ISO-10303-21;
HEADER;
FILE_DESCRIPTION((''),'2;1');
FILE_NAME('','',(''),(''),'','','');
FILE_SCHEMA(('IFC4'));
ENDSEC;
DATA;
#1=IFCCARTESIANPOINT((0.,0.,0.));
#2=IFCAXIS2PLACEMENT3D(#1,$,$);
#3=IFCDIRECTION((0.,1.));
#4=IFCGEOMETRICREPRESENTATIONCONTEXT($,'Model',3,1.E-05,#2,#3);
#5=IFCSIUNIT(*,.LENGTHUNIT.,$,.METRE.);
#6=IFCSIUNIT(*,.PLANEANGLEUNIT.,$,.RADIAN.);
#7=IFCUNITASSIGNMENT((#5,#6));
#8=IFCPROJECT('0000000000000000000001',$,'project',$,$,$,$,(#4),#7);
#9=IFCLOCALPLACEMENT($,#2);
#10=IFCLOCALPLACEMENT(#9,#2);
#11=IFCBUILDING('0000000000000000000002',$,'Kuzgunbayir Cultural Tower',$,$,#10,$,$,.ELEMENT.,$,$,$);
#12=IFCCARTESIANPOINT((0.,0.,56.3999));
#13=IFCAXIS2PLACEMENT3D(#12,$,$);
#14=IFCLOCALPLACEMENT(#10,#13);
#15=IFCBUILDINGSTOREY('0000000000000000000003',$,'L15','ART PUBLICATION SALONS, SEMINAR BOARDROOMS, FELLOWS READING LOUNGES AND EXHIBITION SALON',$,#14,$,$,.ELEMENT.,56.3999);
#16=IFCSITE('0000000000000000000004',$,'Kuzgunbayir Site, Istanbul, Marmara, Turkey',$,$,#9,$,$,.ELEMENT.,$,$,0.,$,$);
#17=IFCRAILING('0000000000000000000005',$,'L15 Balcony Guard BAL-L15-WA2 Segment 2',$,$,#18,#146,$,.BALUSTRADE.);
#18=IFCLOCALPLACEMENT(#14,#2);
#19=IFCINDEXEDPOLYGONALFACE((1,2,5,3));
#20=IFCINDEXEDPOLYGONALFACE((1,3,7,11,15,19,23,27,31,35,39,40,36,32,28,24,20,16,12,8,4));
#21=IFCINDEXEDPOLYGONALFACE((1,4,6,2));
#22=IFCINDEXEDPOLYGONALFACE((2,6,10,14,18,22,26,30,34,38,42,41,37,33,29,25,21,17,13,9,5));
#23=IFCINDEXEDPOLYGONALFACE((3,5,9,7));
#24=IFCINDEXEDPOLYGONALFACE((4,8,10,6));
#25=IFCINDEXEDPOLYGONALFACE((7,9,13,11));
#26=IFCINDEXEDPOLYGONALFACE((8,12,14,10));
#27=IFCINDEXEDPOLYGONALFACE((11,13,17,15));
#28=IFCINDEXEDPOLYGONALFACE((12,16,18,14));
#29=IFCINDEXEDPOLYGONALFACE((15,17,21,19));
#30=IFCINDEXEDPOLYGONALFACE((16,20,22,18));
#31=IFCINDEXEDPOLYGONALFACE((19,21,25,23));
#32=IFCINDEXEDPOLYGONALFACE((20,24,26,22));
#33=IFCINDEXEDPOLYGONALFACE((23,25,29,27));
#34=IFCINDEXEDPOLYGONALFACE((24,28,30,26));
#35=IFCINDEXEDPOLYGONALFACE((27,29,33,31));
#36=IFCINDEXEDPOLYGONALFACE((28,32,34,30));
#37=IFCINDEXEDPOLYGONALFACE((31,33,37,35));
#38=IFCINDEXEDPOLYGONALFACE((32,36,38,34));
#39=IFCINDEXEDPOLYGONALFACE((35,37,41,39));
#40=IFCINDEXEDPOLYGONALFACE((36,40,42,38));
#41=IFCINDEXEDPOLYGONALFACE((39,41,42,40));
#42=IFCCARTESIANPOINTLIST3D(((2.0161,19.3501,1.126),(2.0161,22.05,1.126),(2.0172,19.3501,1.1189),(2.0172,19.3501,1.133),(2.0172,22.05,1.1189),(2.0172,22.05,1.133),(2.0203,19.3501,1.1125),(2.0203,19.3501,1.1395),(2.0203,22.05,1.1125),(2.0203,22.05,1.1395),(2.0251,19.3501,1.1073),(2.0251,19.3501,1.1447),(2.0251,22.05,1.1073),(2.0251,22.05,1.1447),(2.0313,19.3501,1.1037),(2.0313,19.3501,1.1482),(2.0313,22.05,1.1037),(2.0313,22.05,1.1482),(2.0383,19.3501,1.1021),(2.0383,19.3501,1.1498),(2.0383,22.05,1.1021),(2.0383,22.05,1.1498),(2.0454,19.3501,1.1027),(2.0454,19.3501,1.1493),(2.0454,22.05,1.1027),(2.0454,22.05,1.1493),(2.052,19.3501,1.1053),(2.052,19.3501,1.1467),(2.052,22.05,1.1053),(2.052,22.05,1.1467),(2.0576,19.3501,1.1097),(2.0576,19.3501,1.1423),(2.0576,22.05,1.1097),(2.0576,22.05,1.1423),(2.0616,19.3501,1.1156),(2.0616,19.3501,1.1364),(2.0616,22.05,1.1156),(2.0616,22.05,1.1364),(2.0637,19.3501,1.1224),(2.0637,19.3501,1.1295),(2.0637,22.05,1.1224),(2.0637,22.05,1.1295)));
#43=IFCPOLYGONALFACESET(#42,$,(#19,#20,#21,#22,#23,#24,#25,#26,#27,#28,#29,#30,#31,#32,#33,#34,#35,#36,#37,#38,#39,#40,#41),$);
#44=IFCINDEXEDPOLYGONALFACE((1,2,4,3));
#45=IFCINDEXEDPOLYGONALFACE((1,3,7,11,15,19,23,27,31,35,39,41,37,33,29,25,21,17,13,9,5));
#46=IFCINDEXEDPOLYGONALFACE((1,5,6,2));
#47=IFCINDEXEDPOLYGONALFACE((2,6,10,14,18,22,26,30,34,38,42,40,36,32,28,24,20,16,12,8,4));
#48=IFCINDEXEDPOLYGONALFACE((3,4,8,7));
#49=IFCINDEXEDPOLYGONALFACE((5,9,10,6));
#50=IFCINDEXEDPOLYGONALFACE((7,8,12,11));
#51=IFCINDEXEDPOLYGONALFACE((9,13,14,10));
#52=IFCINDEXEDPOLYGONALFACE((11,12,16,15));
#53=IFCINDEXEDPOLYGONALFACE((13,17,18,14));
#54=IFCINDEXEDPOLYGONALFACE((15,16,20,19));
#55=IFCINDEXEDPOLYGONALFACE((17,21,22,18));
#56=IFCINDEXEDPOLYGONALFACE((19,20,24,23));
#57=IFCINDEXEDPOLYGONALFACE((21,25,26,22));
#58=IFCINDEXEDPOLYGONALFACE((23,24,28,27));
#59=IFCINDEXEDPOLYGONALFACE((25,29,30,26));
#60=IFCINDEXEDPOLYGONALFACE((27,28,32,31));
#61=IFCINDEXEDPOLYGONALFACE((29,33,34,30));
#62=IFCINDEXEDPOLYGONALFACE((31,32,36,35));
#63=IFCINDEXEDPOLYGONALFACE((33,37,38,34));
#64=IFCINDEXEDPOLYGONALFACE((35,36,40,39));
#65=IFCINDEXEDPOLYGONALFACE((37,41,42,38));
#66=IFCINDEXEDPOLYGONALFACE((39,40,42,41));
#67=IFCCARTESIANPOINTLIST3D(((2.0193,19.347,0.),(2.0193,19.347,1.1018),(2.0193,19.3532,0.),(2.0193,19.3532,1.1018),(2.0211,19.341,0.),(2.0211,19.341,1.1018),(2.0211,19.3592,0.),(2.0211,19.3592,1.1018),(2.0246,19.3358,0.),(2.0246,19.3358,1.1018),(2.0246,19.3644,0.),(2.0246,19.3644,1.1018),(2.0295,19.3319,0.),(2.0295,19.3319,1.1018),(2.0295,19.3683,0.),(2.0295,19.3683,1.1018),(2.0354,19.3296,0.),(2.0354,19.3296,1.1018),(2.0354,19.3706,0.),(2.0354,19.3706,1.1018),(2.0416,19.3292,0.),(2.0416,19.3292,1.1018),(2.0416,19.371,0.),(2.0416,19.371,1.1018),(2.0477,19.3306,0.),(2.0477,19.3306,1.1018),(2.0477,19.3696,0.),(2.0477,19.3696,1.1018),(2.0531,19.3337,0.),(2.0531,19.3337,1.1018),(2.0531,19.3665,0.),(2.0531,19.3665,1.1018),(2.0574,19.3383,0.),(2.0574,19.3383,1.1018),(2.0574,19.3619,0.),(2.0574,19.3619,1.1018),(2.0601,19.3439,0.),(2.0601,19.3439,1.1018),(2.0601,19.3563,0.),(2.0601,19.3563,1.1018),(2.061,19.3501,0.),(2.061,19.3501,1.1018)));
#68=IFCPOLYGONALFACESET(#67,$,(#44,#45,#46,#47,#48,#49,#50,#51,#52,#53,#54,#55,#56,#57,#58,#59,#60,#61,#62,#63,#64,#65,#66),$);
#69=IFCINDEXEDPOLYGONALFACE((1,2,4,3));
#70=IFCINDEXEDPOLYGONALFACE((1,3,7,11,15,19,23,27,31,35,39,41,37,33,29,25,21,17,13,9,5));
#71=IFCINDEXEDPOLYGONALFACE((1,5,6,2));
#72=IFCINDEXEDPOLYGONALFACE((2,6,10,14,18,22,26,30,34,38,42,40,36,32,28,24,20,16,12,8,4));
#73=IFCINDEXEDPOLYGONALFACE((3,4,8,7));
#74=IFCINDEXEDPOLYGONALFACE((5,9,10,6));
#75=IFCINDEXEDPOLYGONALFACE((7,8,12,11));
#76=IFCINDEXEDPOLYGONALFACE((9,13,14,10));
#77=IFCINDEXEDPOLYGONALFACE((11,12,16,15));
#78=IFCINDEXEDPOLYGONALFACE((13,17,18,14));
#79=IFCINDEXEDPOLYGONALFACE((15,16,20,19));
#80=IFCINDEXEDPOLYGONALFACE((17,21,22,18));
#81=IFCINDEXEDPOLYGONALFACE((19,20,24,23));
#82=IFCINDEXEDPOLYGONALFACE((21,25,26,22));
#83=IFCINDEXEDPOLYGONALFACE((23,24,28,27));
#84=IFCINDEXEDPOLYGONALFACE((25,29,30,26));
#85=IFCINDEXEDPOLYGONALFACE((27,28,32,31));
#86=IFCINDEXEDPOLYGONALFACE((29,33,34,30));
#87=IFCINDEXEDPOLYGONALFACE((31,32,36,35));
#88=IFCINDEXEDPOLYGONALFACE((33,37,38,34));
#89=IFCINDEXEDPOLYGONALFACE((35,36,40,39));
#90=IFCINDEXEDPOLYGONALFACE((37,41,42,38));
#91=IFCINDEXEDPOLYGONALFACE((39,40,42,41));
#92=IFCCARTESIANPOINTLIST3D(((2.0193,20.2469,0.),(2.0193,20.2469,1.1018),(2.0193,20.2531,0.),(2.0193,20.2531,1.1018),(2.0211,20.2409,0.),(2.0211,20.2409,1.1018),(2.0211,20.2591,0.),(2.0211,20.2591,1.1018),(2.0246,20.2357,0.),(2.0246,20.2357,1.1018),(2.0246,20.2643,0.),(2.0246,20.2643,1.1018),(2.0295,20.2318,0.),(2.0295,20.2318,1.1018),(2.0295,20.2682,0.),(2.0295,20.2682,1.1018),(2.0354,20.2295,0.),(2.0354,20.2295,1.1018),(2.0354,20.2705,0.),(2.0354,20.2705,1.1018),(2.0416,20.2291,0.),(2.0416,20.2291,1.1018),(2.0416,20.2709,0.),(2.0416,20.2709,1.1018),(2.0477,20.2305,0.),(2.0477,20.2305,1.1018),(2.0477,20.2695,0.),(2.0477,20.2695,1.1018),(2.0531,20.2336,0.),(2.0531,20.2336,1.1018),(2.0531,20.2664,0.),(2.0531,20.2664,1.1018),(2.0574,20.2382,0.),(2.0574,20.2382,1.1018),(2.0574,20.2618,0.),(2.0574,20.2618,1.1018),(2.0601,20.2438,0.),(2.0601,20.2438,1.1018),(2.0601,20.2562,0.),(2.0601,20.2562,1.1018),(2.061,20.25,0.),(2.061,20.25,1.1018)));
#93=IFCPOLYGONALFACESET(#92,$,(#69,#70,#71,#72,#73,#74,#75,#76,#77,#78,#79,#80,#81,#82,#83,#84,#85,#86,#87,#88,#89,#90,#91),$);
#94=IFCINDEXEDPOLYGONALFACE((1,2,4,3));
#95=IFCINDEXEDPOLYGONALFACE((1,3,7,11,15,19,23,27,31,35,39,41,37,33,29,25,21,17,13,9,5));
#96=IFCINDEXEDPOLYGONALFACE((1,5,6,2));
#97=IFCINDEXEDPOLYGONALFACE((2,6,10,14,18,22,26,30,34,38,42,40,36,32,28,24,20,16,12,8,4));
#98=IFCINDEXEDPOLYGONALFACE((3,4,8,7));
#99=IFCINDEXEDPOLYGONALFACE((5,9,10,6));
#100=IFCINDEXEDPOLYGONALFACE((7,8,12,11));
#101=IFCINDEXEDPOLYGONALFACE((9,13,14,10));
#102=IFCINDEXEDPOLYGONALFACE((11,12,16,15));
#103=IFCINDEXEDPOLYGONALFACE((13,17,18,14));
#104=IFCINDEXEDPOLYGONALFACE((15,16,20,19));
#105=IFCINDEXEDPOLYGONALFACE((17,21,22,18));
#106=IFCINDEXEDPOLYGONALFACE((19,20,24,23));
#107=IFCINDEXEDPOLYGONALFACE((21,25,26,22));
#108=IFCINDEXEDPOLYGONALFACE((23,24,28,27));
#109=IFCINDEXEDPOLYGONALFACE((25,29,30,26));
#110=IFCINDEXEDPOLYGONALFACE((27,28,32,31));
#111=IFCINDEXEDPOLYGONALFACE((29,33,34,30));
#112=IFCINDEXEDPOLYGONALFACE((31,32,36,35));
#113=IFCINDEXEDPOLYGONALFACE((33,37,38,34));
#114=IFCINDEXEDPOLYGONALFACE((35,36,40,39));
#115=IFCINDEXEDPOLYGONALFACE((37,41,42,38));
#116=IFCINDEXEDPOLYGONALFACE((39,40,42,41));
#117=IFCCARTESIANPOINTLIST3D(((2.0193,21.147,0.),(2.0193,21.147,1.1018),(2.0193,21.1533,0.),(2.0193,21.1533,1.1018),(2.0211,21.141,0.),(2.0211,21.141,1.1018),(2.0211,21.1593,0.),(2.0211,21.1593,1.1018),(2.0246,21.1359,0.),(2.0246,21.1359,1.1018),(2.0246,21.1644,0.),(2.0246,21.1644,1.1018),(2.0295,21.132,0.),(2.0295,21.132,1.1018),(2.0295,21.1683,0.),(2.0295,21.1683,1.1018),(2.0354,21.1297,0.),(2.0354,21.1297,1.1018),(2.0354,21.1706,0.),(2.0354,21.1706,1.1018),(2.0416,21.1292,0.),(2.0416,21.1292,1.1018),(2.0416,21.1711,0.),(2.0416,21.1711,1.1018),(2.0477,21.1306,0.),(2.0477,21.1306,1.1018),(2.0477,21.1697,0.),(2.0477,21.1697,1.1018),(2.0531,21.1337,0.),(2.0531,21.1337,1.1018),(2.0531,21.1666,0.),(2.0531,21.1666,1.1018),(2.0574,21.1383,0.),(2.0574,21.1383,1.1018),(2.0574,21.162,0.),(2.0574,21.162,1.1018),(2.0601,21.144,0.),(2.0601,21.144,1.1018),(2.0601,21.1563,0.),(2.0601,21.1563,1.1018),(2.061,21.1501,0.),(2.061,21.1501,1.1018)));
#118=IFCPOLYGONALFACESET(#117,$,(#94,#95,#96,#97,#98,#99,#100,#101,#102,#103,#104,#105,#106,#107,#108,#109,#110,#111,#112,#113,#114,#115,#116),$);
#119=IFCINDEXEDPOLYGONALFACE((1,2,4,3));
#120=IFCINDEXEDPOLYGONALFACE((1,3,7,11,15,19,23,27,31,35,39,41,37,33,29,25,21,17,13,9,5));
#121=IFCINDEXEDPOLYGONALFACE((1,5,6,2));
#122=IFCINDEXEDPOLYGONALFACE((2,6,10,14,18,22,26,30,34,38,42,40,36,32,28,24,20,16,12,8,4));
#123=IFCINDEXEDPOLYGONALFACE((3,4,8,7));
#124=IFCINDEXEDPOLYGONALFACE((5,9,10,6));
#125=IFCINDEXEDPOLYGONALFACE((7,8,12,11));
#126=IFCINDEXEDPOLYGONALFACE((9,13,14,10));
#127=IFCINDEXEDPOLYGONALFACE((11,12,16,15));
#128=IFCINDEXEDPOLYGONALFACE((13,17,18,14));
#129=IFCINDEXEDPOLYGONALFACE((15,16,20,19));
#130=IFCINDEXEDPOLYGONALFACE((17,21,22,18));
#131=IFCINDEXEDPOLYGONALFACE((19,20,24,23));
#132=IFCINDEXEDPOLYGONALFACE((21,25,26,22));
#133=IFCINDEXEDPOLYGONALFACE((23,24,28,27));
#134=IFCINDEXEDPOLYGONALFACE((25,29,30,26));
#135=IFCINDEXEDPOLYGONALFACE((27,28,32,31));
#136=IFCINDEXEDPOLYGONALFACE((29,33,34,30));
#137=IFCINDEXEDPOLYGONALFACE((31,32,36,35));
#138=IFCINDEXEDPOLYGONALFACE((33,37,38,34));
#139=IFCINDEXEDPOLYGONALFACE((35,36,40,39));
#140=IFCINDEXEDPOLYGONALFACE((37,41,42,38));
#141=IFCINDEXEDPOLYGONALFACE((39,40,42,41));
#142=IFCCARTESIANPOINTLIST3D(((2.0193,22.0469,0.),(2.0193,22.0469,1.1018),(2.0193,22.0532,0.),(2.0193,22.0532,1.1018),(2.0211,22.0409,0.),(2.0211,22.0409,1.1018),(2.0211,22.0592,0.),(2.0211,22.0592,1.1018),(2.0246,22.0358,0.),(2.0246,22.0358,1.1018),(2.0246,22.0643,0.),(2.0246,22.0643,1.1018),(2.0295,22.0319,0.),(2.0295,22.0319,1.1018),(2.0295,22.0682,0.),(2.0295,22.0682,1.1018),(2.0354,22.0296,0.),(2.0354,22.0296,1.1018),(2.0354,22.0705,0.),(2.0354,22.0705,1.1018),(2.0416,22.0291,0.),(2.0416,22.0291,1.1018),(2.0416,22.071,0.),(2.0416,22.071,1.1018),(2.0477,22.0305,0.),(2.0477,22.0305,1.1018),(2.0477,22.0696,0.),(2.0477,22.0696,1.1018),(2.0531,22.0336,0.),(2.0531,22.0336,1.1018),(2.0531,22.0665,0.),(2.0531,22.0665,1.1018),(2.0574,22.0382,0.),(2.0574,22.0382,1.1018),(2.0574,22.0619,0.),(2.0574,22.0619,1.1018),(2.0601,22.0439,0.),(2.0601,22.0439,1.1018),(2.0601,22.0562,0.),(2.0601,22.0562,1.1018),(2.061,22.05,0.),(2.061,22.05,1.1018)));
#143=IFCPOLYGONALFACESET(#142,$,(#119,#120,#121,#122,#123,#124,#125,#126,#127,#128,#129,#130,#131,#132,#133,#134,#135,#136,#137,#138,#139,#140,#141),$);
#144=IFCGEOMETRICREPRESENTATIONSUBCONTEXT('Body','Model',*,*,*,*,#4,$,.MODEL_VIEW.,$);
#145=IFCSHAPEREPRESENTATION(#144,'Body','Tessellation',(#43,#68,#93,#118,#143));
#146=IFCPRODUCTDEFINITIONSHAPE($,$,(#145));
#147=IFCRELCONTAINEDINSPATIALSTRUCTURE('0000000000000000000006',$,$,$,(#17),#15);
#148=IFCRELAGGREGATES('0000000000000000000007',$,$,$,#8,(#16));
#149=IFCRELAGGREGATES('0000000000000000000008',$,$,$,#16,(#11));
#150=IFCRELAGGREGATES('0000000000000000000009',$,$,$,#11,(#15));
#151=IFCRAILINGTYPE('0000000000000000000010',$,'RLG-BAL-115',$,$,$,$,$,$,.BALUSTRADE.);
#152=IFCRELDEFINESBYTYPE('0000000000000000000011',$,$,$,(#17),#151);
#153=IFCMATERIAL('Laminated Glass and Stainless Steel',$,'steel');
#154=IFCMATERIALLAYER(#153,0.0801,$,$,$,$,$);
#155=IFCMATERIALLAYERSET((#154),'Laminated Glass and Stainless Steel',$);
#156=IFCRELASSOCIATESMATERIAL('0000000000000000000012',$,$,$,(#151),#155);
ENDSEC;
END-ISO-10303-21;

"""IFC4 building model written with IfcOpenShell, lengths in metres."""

from ifc_helpers import new_model, si_unit, direction, frame, origin, origin_2d, place, context, subcontext, project, spatial, circle, extrude, material, layer, layer_set, type_object, element, save


model = new_model("IFC4")

# Units and contexts
model_context = context("Model", 3, precision=1e-05, world=origin(), true_north=direction((0.0, 1.0)))
body_context = subcontext(model_context, "Body", "Model", "MODEL_VIEW")
ifc_project = project(units=[si_unit("LENGTHUNIT", "METRE"), si_unit("PLANEANGLEUNIT", "RADIAN")], contexts=[model_context])

# Site, building, storey
site_placement = place(None, origin())
site = spatial("IfcSite", under=ifc_project, at=site_placement, Name="Kuzgunbayir Site, Istanbul, Marmara, Turkey", CompositionType="ELEMENT", RefElevation=0.0)
building_placement = place(site_placement, origin())
building = spatial("IfcBuilding", under=site, at=building_placement, Name="Kuzgunbayir Cultural Tower", CompositionType="ELEMENT")
storey_placement = place(building_placement, frame((0.0, 0.0, 56.3999)))
storey = spatial("IfcBuildingStorey", under=building, at=storey_placement, Name="L15", Description="ART PUBLICATION SALONS, SEMINAR BOARDROOMS, FELLOWS READING LOUNGES AND EXHIBITION SALON", CompositionType="ELEMENT", Elevation=56.3999)

# Railing
ifc_material_1 = material(Name="Laminated Glass and Stainless Steel", Category="steel")
ifc_layer_1 = layer(ifc_material_1, 0.0801)
ifc_layer_set_1 = layer_set([ifc_layer_1], Name="Laminated Glass and Stainless Steel")
railing_type = type_object("IfcRailingType", Name="RLG-BAL-115", PredefinedType="BALUSTRADE", material=ifc_layer_set_1)
railing_1_placement = place(storey_placement, frame((2.04, 19.3501, 0.0)))
element("IfcRailing", 1, at=railing_1_placement, inside=storey, type_object=railing_type, Name="L15 Balcony Guard BAL-L15-WA2 Segment 2", PredefinedType="BALUSTRADE", context=body_context, shape_type="SweptSolid", body=[
    extrude(circle(Radius=0.0239, at=origin_2d()), frame((0.0, 0.0, 1.126), z_axis=(0.0, 1.0, 0.0), x_axis=(-1.0, 0.0, 0.0)), (0.0, 0.0, 1.0), 2.7),
    extrude(circle(Radius=0.021, at=origin_2d()), origin(), (0.0, 0.0, 1.0), 1.1018),
    extrude(circle(Radius=0.021, at=origin_2d()), frame((0.0, 0.8999, 0.0)), (0.0, 0.0, 1.0), 1.1018),
    extrude(circle(Radius=0.021, at=origin_2d()), frame((0.0, 1.8, 0.0)), (0.0, 0.0, 1.0), 1.1018),
    extrude(circle(Radius=0.021, at=origin_2d()), frame((0.0, 2.7, 0.0)), (0.0, 0.0, 1.0), 1.1018),
])

save(model, "model.ifc")
